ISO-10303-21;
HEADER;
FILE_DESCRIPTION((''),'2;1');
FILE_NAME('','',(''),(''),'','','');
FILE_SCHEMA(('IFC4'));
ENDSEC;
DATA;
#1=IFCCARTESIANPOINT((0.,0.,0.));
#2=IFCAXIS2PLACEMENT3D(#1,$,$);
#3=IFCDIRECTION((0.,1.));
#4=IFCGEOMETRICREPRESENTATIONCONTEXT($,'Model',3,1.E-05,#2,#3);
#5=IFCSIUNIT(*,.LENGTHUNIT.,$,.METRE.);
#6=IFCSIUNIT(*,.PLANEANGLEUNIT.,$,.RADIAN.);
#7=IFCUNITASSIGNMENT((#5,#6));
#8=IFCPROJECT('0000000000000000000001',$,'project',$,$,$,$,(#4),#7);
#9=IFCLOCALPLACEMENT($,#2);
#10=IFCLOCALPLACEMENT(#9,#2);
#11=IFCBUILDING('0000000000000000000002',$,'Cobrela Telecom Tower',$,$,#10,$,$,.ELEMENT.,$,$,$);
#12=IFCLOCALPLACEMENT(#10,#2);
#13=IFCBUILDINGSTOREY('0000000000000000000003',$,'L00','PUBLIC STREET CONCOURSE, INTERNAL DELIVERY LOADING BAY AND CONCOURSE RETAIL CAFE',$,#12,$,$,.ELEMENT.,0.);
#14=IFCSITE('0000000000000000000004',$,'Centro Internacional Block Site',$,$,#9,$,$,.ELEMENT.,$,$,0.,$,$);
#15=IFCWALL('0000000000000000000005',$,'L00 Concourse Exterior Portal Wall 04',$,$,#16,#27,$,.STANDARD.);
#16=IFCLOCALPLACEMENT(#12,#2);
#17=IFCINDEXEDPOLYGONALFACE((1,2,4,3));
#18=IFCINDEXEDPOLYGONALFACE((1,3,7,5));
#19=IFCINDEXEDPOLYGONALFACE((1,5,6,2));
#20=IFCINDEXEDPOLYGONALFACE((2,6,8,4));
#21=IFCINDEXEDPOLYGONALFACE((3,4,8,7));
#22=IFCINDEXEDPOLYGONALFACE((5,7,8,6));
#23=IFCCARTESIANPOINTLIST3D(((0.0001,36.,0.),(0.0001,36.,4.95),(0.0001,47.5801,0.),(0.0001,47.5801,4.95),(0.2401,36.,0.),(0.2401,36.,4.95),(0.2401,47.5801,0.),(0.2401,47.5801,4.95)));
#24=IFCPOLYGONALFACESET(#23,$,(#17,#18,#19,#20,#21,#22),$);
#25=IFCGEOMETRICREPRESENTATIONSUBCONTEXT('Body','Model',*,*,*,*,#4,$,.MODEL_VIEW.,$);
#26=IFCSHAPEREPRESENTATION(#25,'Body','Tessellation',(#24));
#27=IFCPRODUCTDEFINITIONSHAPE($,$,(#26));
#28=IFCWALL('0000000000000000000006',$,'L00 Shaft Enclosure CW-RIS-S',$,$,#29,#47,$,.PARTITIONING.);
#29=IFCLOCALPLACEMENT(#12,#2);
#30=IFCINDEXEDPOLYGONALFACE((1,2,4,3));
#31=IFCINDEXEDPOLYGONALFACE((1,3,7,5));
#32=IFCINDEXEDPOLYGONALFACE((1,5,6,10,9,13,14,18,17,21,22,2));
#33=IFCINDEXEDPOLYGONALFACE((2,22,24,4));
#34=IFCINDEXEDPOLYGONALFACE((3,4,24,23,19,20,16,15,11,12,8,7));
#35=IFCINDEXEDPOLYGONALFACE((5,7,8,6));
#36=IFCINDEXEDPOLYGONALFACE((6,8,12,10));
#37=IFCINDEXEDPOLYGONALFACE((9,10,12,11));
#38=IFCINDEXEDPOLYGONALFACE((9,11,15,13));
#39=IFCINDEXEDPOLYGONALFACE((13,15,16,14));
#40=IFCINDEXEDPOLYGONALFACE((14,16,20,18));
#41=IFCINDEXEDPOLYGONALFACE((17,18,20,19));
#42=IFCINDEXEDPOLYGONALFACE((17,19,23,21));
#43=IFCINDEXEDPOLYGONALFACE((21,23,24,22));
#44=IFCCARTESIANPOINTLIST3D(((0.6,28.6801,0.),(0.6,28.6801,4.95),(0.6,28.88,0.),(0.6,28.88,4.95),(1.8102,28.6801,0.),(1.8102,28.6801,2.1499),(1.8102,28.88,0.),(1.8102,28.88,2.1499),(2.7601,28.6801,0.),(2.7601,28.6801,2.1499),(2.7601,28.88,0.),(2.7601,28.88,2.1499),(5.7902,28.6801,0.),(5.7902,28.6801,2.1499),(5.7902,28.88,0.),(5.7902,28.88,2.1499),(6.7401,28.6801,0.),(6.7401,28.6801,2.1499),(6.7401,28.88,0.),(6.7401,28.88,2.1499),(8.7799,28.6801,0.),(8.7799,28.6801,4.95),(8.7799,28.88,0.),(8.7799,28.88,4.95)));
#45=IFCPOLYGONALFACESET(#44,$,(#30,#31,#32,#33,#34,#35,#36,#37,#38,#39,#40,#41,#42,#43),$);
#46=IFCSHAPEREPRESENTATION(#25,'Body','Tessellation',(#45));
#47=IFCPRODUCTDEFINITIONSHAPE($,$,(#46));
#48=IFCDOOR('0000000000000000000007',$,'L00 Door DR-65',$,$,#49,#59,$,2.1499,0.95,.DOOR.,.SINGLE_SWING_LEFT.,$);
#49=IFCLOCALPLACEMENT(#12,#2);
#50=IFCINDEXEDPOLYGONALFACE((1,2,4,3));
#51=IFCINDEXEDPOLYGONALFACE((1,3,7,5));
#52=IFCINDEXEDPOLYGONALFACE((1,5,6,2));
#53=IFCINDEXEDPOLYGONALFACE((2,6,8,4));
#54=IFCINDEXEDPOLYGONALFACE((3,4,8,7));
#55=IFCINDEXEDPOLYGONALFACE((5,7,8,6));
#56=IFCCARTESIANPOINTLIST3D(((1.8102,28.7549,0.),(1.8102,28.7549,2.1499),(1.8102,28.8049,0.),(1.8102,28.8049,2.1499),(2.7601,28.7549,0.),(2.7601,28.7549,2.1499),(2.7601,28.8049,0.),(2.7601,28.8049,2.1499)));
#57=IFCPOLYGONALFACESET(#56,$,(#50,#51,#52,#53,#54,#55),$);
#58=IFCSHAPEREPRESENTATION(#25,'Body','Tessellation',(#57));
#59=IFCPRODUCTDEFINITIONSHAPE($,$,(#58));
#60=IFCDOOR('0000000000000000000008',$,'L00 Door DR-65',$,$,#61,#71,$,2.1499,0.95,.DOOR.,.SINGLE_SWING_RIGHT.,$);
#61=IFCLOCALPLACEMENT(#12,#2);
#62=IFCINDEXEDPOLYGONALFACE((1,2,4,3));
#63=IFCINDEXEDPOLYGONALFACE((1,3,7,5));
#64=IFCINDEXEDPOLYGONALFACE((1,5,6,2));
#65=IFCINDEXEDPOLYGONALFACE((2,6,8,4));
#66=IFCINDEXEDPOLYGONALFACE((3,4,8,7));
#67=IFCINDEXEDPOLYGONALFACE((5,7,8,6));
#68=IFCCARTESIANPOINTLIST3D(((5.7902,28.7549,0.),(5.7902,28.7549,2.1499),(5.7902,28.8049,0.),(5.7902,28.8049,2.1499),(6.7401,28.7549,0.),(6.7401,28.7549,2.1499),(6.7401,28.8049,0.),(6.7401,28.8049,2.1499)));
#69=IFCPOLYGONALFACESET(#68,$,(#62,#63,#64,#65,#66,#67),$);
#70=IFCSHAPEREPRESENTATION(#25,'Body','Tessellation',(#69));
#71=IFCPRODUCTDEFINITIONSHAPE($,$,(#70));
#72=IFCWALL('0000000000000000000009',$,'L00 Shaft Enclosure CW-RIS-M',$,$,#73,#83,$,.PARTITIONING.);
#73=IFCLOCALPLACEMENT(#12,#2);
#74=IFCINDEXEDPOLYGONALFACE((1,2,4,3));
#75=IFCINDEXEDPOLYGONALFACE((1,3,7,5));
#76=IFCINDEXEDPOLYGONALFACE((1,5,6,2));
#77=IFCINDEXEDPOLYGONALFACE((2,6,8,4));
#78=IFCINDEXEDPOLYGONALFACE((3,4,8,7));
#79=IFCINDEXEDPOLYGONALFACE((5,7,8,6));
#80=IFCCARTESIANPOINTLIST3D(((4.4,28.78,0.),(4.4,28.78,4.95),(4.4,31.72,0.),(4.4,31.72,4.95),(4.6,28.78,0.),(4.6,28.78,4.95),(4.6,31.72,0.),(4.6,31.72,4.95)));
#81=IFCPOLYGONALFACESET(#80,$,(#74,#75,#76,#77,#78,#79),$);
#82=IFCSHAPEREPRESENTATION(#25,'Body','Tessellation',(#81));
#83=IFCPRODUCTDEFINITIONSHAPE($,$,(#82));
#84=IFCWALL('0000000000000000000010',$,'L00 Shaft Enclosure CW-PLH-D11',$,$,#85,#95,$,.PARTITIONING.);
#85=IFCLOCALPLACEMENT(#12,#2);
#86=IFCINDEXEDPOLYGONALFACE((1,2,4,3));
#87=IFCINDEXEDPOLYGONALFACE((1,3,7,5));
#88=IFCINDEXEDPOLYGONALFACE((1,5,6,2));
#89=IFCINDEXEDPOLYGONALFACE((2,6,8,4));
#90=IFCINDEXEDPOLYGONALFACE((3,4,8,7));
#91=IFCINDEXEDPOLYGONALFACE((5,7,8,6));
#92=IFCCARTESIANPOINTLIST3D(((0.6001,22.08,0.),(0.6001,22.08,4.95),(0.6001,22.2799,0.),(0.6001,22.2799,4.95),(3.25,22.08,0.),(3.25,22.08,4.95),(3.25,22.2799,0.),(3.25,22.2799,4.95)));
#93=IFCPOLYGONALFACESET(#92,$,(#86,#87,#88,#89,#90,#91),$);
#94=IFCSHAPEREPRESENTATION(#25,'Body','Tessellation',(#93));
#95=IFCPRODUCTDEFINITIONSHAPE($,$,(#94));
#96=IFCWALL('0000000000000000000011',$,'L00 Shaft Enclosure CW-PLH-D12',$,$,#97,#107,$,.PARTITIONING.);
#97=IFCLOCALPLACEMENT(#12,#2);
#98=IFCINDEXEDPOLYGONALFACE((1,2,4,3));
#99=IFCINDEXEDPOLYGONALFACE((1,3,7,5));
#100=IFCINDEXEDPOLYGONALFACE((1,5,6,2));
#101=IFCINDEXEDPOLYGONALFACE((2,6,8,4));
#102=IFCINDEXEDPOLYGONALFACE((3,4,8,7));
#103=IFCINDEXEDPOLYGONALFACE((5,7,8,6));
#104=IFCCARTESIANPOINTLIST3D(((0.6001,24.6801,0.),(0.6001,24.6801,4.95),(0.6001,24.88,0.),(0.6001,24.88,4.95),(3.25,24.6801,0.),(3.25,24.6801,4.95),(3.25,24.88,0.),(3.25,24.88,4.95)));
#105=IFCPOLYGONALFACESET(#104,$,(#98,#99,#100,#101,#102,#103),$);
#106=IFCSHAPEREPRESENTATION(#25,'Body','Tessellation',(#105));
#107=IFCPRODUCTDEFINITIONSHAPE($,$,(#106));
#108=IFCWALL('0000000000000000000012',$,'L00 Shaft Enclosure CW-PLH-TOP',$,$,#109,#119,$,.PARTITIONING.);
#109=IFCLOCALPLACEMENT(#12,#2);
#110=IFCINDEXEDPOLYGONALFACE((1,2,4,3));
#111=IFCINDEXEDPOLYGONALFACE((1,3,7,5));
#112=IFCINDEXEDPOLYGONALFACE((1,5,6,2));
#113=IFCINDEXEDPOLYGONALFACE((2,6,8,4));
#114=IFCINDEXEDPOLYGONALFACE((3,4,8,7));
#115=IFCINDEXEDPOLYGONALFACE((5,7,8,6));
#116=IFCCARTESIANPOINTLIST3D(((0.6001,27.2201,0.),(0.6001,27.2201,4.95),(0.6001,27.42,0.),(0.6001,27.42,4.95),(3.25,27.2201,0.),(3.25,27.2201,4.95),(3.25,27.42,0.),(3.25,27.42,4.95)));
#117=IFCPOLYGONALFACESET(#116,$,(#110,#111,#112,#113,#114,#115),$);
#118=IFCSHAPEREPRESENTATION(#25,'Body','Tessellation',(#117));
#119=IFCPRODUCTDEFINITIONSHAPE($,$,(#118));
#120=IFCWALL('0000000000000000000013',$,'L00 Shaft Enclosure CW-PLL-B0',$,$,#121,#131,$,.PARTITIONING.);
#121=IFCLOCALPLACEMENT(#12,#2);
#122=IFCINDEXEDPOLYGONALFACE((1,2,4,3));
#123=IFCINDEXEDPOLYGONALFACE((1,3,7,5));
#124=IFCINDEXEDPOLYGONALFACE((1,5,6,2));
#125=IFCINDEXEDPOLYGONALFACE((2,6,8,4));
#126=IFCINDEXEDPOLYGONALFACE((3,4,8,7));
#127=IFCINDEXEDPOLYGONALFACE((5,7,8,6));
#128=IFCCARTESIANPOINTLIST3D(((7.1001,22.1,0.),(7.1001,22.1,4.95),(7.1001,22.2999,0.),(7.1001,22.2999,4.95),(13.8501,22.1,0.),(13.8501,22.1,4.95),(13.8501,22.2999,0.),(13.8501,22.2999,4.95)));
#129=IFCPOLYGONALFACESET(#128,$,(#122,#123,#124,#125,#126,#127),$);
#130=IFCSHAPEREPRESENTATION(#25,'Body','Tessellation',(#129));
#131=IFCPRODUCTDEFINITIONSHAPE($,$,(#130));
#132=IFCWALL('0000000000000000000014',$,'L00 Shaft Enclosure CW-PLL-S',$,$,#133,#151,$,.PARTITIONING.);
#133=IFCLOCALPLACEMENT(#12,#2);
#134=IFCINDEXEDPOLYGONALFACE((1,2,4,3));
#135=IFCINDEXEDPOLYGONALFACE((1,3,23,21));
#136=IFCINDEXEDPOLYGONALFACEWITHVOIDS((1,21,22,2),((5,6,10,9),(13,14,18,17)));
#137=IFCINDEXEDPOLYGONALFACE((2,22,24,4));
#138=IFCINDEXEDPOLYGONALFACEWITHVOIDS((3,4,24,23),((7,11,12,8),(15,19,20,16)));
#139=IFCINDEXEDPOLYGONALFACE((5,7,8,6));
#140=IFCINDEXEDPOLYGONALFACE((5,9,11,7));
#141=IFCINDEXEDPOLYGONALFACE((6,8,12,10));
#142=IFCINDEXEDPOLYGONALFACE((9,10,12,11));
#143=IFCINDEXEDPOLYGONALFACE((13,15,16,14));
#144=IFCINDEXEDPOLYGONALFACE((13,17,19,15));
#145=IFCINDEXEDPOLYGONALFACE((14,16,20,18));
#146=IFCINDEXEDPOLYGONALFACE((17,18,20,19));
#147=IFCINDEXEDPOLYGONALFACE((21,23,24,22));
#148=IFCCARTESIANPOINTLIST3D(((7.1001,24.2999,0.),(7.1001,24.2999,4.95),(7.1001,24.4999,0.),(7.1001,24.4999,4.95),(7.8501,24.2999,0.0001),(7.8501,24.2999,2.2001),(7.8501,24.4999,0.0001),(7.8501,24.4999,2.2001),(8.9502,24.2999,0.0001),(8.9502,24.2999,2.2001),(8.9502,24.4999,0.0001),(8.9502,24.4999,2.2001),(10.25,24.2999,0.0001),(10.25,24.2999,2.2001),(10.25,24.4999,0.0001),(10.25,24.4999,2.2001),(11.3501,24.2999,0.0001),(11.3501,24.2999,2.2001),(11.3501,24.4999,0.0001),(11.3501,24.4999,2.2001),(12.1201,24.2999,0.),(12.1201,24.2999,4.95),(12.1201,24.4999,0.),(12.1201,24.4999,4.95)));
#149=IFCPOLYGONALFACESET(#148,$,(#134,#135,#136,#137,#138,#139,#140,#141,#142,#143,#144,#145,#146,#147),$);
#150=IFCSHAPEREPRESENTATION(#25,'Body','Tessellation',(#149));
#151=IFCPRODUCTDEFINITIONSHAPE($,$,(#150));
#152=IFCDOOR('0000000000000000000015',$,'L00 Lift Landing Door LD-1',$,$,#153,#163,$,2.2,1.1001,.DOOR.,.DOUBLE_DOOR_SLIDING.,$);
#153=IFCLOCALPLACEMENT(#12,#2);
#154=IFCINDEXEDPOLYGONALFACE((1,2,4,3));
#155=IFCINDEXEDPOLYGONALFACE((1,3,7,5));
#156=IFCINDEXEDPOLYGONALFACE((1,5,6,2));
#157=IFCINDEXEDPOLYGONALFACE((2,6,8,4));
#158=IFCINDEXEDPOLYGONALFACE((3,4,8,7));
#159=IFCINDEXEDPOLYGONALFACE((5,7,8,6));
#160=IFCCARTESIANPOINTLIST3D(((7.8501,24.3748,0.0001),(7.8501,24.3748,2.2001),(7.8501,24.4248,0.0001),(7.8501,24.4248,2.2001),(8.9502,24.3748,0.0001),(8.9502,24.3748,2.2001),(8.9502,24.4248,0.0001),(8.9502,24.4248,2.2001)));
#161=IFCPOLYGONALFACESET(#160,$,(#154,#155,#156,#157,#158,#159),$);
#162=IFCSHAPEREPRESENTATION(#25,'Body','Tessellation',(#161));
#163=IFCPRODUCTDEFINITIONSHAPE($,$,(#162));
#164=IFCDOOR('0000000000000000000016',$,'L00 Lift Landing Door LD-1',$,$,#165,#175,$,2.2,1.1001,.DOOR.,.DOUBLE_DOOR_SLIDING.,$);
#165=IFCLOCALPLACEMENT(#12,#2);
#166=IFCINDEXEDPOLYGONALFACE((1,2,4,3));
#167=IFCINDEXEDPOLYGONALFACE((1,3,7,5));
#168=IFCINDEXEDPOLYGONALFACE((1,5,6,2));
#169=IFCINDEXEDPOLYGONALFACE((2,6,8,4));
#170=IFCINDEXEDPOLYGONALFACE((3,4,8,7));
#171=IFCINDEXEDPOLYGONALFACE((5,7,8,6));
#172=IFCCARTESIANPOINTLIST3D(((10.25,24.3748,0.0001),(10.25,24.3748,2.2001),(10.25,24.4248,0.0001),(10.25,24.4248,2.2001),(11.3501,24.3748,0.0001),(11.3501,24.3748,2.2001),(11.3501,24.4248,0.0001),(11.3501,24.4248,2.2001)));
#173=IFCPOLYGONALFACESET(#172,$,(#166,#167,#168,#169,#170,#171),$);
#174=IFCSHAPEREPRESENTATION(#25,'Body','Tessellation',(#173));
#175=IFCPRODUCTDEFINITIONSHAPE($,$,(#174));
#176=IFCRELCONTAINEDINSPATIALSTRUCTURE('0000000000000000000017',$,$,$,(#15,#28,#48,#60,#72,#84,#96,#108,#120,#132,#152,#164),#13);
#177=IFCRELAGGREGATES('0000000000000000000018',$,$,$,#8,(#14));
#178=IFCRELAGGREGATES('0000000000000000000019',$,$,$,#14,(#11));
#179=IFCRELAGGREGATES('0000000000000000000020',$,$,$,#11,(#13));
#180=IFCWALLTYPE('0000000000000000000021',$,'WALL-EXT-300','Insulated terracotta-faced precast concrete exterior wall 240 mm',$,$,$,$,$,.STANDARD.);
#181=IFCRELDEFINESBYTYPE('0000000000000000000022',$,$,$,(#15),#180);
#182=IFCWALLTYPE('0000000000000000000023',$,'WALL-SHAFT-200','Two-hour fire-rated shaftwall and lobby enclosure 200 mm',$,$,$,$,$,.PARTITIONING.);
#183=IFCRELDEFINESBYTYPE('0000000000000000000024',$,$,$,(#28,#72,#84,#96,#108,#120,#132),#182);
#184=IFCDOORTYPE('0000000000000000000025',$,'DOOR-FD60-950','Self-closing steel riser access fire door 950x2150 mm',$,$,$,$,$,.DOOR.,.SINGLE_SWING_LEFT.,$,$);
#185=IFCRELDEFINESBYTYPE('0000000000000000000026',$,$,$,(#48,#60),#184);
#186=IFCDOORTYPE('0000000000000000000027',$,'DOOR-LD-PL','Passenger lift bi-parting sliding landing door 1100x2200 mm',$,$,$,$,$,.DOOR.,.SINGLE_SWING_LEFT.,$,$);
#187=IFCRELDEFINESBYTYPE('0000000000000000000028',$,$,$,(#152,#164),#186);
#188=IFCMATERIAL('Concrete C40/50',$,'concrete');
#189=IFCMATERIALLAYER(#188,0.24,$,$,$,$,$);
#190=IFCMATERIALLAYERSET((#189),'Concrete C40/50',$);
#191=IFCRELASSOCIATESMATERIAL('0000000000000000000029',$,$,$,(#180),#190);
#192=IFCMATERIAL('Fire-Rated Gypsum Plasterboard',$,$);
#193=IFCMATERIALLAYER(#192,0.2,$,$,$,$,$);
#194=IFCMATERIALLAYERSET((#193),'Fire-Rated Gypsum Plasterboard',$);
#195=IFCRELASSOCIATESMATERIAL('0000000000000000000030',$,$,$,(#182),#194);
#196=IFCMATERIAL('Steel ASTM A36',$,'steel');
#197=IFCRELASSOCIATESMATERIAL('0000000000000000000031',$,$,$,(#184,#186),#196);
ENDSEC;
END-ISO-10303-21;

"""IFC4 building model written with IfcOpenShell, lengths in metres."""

from ifc_helpers import new_model, si_unit, direction, frame, frame_2d, origin, place, context, subcontext, project, spatial, rectangle, extrude, material, layer, layer_set, type_object, element, fill, save


model = new_model("IFC4")

# Units and contexts
model_context = context("Model", 3, precision=1e-05, world=origin(), true_north=direction((0.0, 1.0)))
body_context = subcontext(model_context, "Body", "Model", "MODEL_VIEW")
ifc_project = project(units=[si_unit("LENGTHUNIT", "METRE"), si_unit("PLANEANGLEUNIT", "RADIAN")], contexts=[model_context])

# Site, building, storey
site_placement = place(None, origin())
site = spatial("IfcSite", under=ifc_project, at=site_placement, Name="Centro Internacional Block Site", CompositionType="ELEMENT", RefElevation=0.0)
building_placement = place(site_placement, origin())
building = spatial("IfcBuilding", under=site, at=building_placement, Name="Cobrela Telecom Tower", CompositionType="ELEMENT")
storey_placement = place(building_placement, origin())
storey = spatial("IfcBuildingStorey", under=building, at=storey_placement, Name="L00", Description="PUBLIC STREET CONCOURSE, INTERNAL DELIVERY LOADING BAY AND CONCOURSE RETAIL CAFE", CompositionType="ELEMENT", Elevation=0.0)

# Shared definitions
ifc_material_1 = material(Name="Steel ASTM A36", Category="steel")

# Wall
ifc_material_2 = material(Name="Concrete C40/50", Category="concrete")
ifc_layer_1 = layer(ifc_material_2, 0.24)
ifc_layer_set_1 = layer_set([ifc_layer_1], Name="Concrete C40/50")
wall_type_1 = type_object("IfcWallType", Name="WALL-EXT-300", Description="Insulated terracotta-faced precast concrete exterior wall 240 mm", PredefinedType="STANDARD", material=ifc_layer_set_1)
wall_1_placement = place(storey_placement, frame((0.1201, 36.0, 0.0), z_axis=(0.0, 0.0, 1.0), x_axis=(0.0, 1.0, 0.0)))
element("IfcWall", 1, at=wall_1_placement, inside=storey, type_object=wall_type_1, Name="L00 Concourse Exterior Portal Wall 04", PredefinedType="STANDARD", context=body_context, shape_type="SweptSolid", body=[
    extrude(rectangle(XDim=11.5801, YDim=0.24, at=frame_2d((5.79, 0.0))), origin(), (0.0, 0.0, 1.0), 4.95),
])

# Wall, openings, doors
ifc_material_3 = material(Name="Fire-Rated Gypsum Plasterboard")
ifc_layer_2 = layer(ifc_material_3, 0.2)
ifc_layer_set_2 = layer_set([ifc_layer_2], Name="Fire-Rated Gypsum Plasterboard")
wall_type_2 = type_object("IfcWallType", Name="WALL-SHAFT-200", Description="Two-hour fire-rated shaftwall and lobby enclosure 200 mm", PredefinedType="PARTITIONING", material=ifc_layer_set_2)
wall_2_placement = place(storey_placement, frame((0.6001, 28.78, 0.0), z_axis=(0.0, 0.0, 1.0), x_axis=(1.0, 0.0, 0.0)))
wall_2 = element("IfcWall", 2, at=wall_2_placement, inside=storey, type_object=wall_type_2, Name="L00 Shaft Enclosure CW-RIS-S", PredefinedType="PARTITIONING", context=body_context, shape_type="SweptSolid", body=[
    extrude(rectangle(XDim=8.1799, YDim=0.2, at=frame_2d((4.0898, 0.0))), origin(), (0.0, 0.0, 1.0), 4.95),
])
opening_1_placement = place(wall_2_placement, frame((1.21, 0.0, 0.0)))
opening_1 = element("IfcOpeningElement", 3, at=opening_1_placement, cuts=wall_2, PredefinedType="OPENING", context=body_context, shape_type="SweptSolid", body=[
    extrude(rectangle(XDim=0.95, YDim=2.1499, at=frame_2d((0.4751, 1.075))), frame((0.0, 0.1118, 0.0), z_axis=(0.0, -1.0, 0.0), x_axis=(1.0, 0.0, 0.0)), (0.0, 0.0, 1.0), 0.2239),
])
opening_2_placement = place(wall_2_placement, frame((5.1899, 0.0, 0.0)))
opening_2 = element("IfcOpeningElement", 4, at=opening_2_placement, cuts=wall_2, PredefinedType="OPENING", context=body_context, shape_type="SweptSolid", body=[
    extrude(rectangle(XDim=0.95, YDim=2.1499, at=frame_2d((0.4751, 1.075))), frame((0.0, 0.1118, 0.0), z_axis=(0.0, -1.0, 0.0), x_axis=(1.0, 0.0, 0.0)), (0.0, 0.0, 1.0), 0.2239),
])
door_type_1 = type_object("IfcDoorType", Name="DOOR-FD60-950", Description="Self-closing steel riser access fire door 950x2150 mm", OperationType="SINGLE_SWING_LEFT", PredefinedType="DOOR", material=ifc_material_1)
door_1_placement = place(opening_1_placement, origin())
door_1 = element("IfcDoor", 5, at=door_1_placement, inside=storey, type_object=door_type_1, Name="L00 Door DR-65", OperationType="SINGLE_SWING_LEFT", OverallHeight=2.1499, OverallWidth=0.95, PredefinedType="DOOR", context=body_context, shape_type="SweptSolid", body=[
    extrude(rectangle(XDim=0.95, YDim=2.1499, at=frame_2d((0.4751, 1.075))), frame((0.0, 0.0249, 0.0), z_axis=(0.0, -1.0, 0.0), x_axis=(1.0, 0.0, 0.0)), (0.0, 0.0, 1.0), 0.05),
])
fill(opening_1, door_1)
door_2_placement = place(opening_2_placement, origin())
door_2 = element("IfcDoor", 6, at=door_2_placement, inside=storey, type_object=door_type_1, Name="L00 Door DR-65", OperationType="SINGLE_SWING_RIGHT", OverallHeight=2.1499, OverallWidth=0.95, PredefinedType="DOOR", context=body_context, shape_type="SweptSolid", body=[
    extrude(rectangle(XDim=0.95, YDim=2.1499, at=frame_2d((0.4751, 1.075))), frame((0.0, 0.0249, 0.0), z_axis=(0.0, -1.0, 0.0), x_axis=(1.0, 0.0, 0.0)), (0.0, 0.0, 1.0), 0.05),
])
fill(opening_2, door_2)

# Walls
wall_3_placement = place(storey_placement, frame((4.5, 28.78, 0.0), z_axis=(0.0, 0.0, 1.0), x_axis=(0.0, 1.0, 0.0)))
element("IfcWall", 7, at=wall_3_placement, inside=storey, type_object=wall_type_2, Name="L00 Shaft Enclosure CW-RIS-M", PredefinedType="PARTITIONING", context=body_context, shape_type="SweptSolid", body=[
    extrude(rectangle(XDim=2.9399, YDim=0.2, at=frame_2d((1.47, 0.0))), origin(), (0.0, 0.0, 1.0), 4.95),
])
for number, where, z_axis, x_axis, name in (
    (8, (0.6001, 22.1799, 0.0), (0.0, 0.0, 1.0), (1.0, 0.0, 0.0), "L00 Shaft Enclosure CW-PLH-D11"),
    (9, (0.6001, 24.78, 0.0), (0.0, 0.0, 1.0), (1.0, 0.0, 0.0), "L00 Shaft Enclosure CW-PLH-D12"),
    (10, (0.6001, 27.3201, 0.0), (0.0, 0.0, 1.0), (1.0, 0.0, 0.0), "L00 Shaft Enclosure CW-PLH-TOP"),
):
    element("IfcWall", number, at=place(storey_placement, frame(where, z_axis=z_axis, x_axis=x_axis)), inside=storey, type_object=wall_type_2, Name=name, PredefinedType="PARTITIONING", context=body_context, shape_type="SweptSolid", body=[
        extrude(rectangle(XDim=2.6499, YDim=0.2, at=frame_2d((1.325, 0.0))), origin(), (0.0, 0.0, 1.0), 4.95),
    ])
wall_4_placement = place(storey_placement, frame((7.1001, 22.2, 0.0), z_axis=(0.0, 0.0, 1.0), x_axis=(1.0, 0.0, 0.0)))
element("IfcWall", 11, at=wall_4_placement, inside=storey, type_object=wall_type_2, Name="L00 Shaft Enclosure CW-PLL-B0", PredefinedType="PARTITIONING", context=body_context, shape_type="SweptSolid", body=[
    extrude(rectangle(XDim=6.75, YDim=0.2, at=frame_2d((3.375, 0.0))), origin(), (0.0, 0.0, 1.0), 4.95),
])

# Wall, openings, doors
wall_5_placement = place(storey_placement, frame((7.1001, 24.3999, 0.0), z_axis=(0.0, 0.0, 1.0), x_axis=(1.0, 0.0, 0.0)))
wall_5 = element("IfcWall", 12, at=wall_5_placement, inside=storey, type_object=wall_type_2, Name="L00 Shaft Enclosure CW-PLL-S", PredefinedType="PARTITIONING", context=body_context, shape_type="SweptSolid", body=[
    extrude(rectangle(XDim=5.02, YDim=0.2, at=frame_2d((2.51, 0.0))), origin(), (0.0, 0.0, 1.0), 4.95),
])
opening_3_placement = place(wall_5_placement, frame((0.75, 0.0, 0.0)))
opening_3 = element("IfcOpeningElement", 13, at=opening_3_placement, cuts=wall_5, PredefinedType="OPENING", context=body_context, shape_type="SweptSolid", body=[
    extrude(rectangle(XDim=1.1001, YDim=2.2, at=frame_2d((0.55, 1.1001))), frame((0.0, 0.1118, 0.0), z_axis=(0.0, -1.0, 0.0), x_axis=(1.0, 0.0, 0.0)), (0.0, 0.0, 1.0), 0.2239),
])
opening_4_placement = place(wall_5_placement, frame((3.1499, 0.0, 0.0)))
opening_4 = element("IfcOpeningElement", 14, at=opening_4_placement, cuts=wall_5, PredefinedType="OPENING", context=body_context, shape_type="SweptSolid", body=[
    extrude(rectangle(XDim=1.1001, YDim=2.2, at=frame_2d((0.55, 1.1001))), frame((0.0, 0.1118, 0.0), z_axis=(0.0, -1.0, 0.0), x_axis=(1.0, 0.0, 0.0)), (0.0, 0.0, 1.0), 0.2239),
])
door_type_2 = type_object("IfcDoorType", Name="DOOR-LD-PL", Description="Passenger lift bi-parting sliding landing door 1100x2200 mm", OperationType="SINGLE_SWING_LEFT", PredefinedType="DOOR", material=ifc_material_1)
door_3_placement = place(opening_3_placement, origin())
door_3 = element("IfcDoor", 15, at=door_3_placement, inside=storey, type_object=door_type_2, Name="L00 Lift Landing Door LD-1", OperationType="DOUBLE_DOOR_SLIDING", OverallHeight=2.2, OverallWidth=1.1001, PredefinedType="DOOR", context=body_context, shape_type="SweptSolid", body=[
    extrude(rectangle(XDim=1.1001, YDim=2.2, at=frame_2d((0.55, 1.1001))), frame((0.0, 0.0249, 0.0), z_axis=(0.0, -1.0, 0.0), x_axis=(1.0, 0.0, 0.0)), (0.0, 0.0, 1.0), 0.05),
])
fill(opening_3, door_3)
door_4_placement = place(opening_4_placement, origin())
door_4 = element("IfcDoor", 16, at=door_4_placement, inside=storey, type_object=door_type_2, Name="L00 Lift Landing Door LD-1", OperationType="DOUBLE_DOOR_SLIDING", OverallHeight=2.2, OverallWidth=1.1001, PredefinedType="DOOR", context=body_context, shape_type="SweptSolid", body=[
    extrude(rectangle(XDim=1.1001, YDim=2.2, at=frame_2d((0.55, 1.1001))), frame((0.0, 0.0249, 0.0), z_axis=(0.0, -1.0, 0.0), x_axis=(1.0, 0.0, 0.0)), (0.0, 0.0, 1.0), 0.05),
])
fill(opening_4, door_4)

save(model, "model.ifc")
